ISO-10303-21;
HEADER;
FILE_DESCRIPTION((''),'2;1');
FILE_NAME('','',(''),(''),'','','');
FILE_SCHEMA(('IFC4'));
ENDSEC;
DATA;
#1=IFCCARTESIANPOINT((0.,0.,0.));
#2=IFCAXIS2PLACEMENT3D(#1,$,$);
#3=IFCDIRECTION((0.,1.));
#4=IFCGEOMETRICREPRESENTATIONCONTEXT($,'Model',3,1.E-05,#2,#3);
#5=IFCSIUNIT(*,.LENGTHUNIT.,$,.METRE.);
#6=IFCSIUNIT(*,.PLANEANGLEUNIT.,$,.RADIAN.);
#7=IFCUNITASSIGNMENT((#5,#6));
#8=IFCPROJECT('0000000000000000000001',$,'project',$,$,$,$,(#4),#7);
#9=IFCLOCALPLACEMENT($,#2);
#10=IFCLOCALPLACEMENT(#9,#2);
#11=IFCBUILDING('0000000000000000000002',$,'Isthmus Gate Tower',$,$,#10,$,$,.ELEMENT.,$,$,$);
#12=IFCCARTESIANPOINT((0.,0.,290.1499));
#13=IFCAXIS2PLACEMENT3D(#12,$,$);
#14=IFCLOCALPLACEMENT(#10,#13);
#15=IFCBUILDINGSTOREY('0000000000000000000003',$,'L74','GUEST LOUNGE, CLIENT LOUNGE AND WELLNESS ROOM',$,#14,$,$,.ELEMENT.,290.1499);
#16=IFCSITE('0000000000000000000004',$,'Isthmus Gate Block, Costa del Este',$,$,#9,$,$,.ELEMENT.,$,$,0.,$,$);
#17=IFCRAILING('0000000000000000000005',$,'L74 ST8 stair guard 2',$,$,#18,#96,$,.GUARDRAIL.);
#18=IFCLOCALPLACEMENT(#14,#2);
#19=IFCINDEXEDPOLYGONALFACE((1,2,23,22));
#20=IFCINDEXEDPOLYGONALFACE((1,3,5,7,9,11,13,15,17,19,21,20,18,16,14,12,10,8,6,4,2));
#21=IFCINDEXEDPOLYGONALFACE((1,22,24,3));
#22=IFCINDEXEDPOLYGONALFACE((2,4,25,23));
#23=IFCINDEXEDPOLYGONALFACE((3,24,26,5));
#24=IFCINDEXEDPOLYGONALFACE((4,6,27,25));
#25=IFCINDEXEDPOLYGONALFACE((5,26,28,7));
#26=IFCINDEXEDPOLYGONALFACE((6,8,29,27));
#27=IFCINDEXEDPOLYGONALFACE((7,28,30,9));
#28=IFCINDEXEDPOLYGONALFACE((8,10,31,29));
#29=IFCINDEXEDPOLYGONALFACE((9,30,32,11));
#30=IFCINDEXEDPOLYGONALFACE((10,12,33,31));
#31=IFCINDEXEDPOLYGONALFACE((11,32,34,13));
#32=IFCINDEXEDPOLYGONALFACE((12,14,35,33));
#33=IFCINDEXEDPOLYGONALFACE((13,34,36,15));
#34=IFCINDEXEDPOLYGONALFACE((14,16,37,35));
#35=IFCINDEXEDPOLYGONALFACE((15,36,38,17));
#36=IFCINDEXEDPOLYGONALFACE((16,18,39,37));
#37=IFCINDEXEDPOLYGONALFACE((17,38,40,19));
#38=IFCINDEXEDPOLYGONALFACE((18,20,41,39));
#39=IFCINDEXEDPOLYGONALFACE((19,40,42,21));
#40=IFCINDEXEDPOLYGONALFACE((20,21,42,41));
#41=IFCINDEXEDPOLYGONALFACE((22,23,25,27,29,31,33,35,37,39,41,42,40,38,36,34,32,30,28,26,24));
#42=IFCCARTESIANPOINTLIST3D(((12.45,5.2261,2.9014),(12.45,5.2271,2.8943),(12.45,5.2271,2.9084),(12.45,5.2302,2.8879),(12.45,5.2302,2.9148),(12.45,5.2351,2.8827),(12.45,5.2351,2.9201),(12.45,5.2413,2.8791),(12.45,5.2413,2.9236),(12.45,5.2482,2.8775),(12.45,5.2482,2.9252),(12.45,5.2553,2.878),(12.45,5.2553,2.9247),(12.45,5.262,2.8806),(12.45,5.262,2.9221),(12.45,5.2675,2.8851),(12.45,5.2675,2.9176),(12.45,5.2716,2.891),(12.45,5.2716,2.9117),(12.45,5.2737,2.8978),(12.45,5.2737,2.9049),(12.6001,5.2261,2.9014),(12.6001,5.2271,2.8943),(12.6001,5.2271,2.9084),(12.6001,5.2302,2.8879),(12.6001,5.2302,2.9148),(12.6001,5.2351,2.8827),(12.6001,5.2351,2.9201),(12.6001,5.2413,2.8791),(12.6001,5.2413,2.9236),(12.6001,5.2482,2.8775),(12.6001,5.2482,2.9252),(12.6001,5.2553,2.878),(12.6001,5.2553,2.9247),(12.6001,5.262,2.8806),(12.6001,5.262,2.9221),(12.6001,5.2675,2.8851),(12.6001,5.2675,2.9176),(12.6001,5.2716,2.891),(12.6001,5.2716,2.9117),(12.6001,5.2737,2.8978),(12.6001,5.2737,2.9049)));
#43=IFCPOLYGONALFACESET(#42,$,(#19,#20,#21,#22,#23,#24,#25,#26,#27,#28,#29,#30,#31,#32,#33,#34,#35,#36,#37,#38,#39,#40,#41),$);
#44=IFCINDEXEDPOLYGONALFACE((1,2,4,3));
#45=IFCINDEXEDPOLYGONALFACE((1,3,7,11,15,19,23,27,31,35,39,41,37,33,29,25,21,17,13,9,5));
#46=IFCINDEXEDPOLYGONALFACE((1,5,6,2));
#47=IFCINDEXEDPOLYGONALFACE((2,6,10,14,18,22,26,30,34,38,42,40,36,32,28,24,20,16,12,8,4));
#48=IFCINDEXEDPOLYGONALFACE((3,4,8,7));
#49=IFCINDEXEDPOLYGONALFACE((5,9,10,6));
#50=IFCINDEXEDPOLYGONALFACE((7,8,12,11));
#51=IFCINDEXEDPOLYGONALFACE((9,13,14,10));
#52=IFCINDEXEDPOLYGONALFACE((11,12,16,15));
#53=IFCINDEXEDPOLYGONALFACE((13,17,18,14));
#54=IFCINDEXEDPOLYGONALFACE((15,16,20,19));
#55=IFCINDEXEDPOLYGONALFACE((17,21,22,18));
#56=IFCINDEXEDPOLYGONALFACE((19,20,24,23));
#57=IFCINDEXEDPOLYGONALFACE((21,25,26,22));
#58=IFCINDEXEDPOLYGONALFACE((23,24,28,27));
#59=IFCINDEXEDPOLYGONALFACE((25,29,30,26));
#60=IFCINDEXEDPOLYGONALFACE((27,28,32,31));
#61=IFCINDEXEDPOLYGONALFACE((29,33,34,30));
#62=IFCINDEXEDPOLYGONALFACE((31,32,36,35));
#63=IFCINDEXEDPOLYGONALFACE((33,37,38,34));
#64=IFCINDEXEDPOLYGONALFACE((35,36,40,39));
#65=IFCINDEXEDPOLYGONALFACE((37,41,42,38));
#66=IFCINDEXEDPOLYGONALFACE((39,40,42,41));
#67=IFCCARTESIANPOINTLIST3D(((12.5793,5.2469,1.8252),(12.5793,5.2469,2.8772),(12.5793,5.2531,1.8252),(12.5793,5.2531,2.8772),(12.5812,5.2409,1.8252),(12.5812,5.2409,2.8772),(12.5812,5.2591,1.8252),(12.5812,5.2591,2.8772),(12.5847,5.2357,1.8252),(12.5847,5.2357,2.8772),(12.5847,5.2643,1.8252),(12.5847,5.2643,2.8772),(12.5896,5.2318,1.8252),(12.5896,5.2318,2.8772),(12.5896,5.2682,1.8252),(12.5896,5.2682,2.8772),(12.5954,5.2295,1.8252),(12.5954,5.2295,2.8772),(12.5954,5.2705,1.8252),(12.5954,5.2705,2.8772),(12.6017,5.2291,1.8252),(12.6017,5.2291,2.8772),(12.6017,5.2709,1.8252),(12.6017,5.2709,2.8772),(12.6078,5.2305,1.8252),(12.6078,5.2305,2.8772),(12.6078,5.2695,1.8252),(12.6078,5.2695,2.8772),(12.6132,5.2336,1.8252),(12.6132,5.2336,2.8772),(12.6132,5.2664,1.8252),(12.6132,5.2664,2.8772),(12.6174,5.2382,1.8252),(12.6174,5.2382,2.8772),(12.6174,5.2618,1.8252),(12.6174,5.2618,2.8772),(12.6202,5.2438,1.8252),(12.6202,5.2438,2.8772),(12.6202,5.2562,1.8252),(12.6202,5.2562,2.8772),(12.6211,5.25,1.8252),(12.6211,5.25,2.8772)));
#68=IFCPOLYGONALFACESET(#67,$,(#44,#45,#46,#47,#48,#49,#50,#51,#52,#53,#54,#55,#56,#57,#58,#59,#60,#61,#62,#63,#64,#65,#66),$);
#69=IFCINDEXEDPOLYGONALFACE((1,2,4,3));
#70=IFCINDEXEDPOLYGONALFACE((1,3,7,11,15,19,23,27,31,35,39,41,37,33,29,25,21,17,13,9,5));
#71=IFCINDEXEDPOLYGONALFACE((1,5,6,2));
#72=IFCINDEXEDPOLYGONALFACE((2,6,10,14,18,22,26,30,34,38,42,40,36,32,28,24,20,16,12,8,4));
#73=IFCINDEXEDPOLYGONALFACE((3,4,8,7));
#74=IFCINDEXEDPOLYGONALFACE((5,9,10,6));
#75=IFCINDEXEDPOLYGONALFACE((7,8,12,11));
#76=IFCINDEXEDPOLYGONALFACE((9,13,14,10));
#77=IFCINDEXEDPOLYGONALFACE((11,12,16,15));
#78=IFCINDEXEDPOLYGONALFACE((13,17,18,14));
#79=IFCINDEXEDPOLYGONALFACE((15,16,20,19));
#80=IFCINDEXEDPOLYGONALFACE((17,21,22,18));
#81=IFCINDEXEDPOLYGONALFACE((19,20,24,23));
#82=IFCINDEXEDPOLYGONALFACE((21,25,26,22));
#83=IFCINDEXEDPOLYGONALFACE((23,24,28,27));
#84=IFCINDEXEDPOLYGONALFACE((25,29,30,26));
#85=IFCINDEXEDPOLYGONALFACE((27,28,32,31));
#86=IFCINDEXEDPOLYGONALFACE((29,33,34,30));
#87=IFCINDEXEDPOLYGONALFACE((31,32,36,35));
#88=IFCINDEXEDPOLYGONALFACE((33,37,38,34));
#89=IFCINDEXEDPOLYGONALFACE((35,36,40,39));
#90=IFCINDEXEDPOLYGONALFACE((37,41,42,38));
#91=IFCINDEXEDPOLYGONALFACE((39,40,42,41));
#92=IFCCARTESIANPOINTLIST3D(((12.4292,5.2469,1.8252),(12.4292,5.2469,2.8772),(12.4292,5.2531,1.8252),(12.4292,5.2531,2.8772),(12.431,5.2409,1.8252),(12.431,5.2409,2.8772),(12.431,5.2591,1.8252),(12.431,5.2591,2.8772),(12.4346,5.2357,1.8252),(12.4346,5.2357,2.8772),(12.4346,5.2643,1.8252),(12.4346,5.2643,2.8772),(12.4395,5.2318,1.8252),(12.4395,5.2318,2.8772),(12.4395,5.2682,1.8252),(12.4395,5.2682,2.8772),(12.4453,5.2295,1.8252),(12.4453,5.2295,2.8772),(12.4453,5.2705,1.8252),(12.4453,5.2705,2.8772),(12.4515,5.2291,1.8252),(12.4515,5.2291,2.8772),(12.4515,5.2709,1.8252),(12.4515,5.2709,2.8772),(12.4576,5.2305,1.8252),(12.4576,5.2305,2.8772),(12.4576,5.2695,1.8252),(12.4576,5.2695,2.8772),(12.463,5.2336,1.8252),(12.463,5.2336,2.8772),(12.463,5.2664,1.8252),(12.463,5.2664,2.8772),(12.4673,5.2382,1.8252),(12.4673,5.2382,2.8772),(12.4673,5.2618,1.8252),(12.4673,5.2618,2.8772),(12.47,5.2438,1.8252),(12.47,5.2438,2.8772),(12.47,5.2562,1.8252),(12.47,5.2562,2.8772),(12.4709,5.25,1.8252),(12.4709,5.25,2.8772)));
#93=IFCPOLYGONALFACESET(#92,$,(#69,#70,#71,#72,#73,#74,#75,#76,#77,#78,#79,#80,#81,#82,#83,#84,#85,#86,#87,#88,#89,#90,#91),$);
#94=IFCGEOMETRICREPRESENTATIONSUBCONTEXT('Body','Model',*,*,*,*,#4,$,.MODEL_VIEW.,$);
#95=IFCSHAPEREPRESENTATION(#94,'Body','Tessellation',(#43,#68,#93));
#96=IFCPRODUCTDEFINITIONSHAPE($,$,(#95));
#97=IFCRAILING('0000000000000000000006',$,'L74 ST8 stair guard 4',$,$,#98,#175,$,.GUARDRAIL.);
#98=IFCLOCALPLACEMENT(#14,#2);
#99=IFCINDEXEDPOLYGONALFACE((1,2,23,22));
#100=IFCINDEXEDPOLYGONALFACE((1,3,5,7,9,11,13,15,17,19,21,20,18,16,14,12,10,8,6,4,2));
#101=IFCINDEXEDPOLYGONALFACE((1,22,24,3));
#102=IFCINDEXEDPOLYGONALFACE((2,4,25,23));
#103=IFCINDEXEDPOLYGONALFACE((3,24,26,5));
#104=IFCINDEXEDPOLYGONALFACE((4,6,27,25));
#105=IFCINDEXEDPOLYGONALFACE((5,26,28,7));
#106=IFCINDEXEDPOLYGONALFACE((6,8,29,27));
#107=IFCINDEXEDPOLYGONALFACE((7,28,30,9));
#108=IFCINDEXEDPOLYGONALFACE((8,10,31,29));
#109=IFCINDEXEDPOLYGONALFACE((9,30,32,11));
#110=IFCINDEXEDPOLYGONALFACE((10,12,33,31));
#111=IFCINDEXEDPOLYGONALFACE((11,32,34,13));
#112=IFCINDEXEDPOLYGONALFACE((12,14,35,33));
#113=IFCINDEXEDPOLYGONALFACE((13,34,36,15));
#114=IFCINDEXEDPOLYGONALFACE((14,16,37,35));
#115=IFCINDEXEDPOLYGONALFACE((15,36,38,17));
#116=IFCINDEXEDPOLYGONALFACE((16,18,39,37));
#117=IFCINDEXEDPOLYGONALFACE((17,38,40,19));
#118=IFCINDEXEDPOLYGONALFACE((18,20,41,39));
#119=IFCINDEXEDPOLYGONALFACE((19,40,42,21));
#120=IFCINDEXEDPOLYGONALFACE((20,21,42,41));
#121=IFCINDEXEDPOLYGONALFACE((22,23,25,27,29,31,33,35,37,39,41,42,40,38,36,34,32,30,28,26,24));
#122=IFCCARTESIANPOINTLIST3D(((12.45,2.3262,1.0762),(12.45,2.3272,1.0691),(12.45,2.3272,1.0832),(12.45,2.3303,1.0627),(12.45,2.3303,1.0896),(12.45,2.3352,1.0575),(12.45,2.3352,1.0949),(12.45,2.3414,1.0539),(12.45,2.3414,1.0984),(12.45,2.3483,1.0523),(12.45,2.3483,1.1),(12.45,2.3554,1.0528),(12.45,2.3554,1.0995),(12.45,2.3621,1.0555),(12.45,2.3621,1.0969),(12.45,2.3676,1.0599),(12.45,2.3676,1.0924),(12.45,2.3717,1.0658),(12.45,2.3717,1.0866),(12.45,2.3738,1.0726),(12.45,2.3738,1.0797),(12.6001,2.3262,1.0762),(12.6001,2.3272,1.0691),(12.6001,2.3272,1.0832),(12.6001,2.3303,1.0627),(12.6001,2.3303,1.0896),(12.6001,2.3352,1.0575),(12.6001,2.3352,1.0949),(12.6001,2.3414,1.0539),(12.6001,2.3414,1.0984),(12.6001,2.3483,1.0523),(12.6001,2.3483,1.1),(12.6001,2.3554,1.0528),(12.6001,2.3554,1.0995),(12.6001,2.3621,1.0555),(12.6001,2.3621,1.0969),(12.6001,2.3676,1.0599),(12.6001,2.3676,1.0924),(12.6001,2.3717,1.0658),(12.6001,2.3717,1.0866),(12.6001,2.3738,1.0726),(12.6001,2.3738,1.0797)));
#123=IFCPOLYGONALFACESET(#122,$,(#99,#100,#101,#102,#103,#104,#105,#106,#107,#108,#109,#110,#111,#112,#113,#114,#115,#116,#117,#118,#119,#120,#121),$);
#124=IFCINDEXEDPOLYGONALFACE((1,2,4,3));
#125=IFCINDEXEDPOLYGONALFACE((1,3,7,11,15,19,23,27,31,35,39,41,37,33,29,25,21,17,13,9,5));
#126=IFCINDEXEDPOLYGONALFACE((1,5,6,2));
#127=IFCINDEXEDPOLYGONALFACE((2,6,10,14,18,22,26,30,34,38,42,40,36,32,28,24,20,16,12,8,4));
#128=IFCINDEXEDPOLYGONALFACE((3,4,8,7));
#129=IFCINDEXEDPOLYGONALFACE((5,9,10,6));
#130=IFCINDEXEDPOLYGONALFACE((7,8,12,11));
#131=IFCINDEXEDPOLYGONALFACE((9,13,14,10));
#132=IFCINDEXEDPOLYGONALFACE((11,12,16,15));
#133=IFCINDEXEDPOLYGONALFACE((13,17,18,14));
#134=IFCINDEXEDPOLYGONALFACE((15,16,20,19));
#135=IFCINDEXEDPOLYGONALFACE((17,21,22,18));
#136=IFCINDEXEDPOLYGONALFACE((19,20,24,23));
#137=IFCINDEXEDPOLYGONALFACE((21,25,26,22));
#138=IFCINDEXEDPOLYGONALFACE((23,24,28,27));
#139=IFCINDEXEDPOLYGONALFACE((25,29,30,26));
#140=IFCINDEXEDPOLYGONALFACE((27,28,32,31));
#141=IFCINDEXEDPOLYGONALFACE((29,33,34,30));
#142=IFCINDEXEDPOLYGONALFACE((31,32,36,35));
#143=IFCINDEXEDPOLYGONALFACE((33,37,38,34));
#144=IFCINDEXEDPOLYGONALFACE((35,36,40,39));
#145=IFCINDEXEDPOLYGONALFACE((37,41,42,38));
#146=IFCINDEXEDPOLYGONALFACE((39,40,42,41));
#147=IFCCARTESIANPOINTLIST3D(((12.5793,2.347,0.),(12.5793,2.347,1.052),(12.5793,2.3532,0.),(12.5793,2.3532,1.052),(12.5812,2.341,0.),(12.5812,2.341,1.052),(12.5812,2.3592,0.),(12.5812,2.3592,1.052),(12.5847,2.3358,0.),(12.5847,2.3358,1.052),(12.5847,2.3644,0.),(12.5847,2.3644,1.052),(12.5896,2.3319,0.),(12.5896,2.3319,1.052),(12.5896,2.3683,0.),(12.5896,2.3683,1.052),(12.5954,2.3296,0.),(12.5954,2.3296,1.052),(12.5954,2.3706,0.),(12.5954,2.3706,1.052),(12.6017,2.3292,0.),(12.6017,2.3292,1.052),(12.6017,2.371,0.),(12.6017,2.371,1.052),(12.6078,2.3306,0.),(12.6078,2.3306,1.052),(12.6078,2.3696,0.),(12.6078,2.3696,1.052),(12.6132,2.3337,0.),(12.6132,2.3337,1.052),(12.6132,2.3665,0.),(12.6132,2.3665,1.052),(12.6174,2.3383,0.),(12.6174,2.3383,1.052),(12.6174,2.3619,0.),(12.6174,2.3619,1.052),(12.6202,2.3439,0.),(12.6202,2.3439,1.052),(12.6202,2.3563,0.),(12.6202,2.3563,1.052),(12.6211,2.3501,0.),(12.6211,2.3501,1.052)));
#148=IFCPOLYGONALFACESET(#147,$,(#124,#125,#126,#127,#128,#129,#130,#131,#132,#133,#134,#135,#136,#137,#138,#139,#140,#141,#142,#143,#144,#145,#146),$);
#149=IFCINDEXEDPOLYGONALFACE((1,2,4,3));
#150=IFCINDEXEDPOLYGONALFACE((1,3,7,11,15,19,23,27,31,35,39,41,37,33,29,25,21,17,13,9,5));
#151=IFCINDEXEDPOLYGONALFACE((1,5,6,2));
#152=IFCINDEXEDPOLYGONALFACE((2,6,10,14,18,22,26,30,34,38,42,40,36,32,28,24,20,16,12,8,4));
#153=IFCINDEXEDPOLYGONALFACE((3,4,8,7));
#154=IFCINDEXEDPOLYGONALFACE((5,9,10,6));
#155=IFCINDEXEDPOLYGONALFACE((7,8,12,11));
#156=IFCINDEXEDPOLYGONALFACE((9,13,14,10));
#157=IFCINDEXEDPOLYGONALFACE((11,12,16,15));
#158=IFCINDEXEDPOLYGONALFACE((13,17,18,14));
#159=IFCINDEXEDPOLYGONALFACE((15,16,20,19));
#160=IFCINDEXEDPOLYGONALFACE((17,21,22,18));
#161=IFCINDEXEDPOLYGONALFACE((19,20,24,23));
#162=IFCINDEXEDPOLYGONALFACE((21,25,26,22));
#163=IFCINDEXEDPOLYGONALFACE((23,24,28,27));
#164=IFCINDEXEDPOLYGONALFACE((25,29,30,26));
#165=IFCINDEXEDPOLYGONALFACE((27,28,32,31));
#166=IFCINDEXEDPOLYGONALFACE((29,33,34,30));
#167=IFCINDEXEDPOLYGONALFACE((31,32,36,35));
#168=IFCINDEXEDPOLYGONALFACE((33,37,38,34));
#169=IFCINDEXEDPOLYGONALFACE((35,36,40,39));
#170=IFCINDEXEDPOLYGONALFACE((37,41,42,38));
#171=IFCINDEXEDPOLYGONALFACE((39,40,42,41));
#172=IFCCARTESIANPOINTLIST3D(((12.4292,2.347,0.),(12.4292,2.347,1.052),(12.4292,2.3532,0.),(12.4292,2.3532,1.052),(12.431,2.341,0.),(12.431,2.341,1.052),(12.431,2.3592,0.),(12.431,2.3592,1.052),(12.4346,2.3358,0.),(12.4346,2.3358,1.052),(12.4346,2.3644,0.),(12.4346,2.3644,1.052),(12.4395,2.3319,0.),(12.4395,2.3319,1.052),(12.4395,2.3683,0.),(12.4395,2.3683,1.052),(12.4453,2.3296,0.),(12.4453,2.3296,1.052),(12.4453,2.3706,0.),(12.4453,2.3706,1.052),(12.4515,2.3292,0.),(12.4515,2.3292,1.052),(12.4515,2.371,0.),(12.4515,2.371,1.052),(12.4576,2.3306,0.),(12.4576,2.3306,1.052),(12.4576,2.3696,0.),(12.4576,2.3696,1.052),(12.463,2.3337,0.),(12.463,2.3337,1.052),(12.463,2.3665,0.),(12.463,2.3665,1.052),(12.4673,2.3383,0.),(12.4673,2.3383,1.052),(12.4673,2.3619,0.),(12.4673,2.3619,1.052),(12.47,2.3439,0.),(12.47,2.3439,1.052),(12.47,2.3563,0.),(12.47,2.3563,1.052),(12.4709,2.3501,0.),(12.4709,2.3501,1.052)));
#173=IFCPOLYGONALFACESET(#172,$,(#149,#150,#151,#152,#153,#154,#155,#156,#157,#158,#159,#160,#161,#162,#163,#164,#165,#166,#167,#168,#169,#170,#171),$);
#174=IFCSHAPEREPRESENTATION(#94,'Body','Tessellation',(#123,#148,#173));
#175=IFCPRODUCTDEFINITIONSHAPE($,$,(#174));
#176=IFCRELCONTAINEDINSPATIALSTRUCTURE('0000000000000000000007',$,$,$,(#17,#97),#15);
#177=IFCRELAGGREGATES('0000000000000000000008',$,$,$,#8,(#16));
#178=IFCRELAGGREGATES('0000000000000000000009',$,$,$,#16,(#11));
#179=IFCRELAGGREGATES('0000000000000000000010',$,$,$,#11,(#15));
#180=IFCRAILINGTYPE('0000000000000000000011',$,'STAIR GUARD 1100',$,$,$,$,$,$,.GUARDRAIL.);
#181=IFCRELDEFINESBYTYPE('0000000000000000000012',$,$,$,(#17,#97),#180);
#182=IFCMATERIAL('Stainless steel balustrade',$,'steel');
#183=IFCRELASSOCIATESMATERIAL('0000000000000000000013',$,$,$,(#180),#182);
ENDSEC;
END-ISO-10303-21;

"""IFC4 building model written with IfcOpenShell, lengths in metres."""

from ifc_helpers import new_model, si_unit, direction, frame, origin, origin_2d, place, context, subcontext, project, spatial, circle, extrude, material, type_object, element, save


model = new_model("IFC4")

# Units and contexts
model_context = context("Model", 3, precision=1e-05, world=origin(), true_north=direction((0.0, 1.0)))
body_context = subcontext(model_context, "Body", "Model", "MODEL_VIEW")
ifc_project = project(units=[si_unit("LENGTHUNIT", "METRE"), si_unit("PLANEANGLEUNIT", "RADIAN")], contexts=[model_context])

# Site, building, storey
site_placement = place(None, origin())
site = spatial("IfcSite", under=ifc_project, at=site_placement, Name="Isthmus Gate Block, Costa del Este", CompositionType="ELEMENT", RefElevation=0.0)
building_placement = place(site_placement, origin())
building = spatial("IfcBuilding", under=site, at=building_placement, Name="Isthmus Gate Tower", CompositionType="ELEMENT")
storey_placement = place(building_placement, frame((0.0, 0.0, 290.1499)))
storey = spatial("IfcBuildingStorey", under=building, at=storey_placement, Name="L74", Description="GUEST LOUNGE, CLIENT LOUNGE AND WELLNESS ROOM", CompositionType="ELEMENT", Elevation=290.1499)

# Railings
ifc_material_1 = material(Name="Stainless steel balustrade", Category="steel")
railing_type_1 = type_object("IfcRailingType", Name="STAIR GUARD 1100", PredefinedType="GUARDRAIL", material=ifc_material_1)
for number, where, name in (
    (1, (12.6001, 5.25, 1.8252), "L74 ST8 stair guard 2"),
    (2, (12.6001, 2.3501, 0.0), "L74 ST8 stair guard 4"),
):
    element("IfcRailing", number, at=place(storey_placement, frame(where)), inside=storey, type_object=railing_type_1, Name=name, PredefinedType="GUARDRAIL", context=body_context, shape_type="SweptSolid", body=[
        extrude(circle(Radius=0.0239, at=origin_2d()), frame((0.0, 0.0, 1.0762), z_axis=(-1.0, 0.0, 0.0), x_axis=(0.0, -1.0, 0.0)), (0.0, 0.0, 1.0), 0.1501),
        extrude(circle(Radius=0.021, at=origin_2d()), origin(), (0.0, 0.0, 1.0), 1.052),
        extrude(circle(Radius=0.021, at=origin_2d()), frame((-0.1501, 0.0, 0.0)), (0.0, 0.0, 1.0), 1.052),
    ])

save(model, "model.ifc")
